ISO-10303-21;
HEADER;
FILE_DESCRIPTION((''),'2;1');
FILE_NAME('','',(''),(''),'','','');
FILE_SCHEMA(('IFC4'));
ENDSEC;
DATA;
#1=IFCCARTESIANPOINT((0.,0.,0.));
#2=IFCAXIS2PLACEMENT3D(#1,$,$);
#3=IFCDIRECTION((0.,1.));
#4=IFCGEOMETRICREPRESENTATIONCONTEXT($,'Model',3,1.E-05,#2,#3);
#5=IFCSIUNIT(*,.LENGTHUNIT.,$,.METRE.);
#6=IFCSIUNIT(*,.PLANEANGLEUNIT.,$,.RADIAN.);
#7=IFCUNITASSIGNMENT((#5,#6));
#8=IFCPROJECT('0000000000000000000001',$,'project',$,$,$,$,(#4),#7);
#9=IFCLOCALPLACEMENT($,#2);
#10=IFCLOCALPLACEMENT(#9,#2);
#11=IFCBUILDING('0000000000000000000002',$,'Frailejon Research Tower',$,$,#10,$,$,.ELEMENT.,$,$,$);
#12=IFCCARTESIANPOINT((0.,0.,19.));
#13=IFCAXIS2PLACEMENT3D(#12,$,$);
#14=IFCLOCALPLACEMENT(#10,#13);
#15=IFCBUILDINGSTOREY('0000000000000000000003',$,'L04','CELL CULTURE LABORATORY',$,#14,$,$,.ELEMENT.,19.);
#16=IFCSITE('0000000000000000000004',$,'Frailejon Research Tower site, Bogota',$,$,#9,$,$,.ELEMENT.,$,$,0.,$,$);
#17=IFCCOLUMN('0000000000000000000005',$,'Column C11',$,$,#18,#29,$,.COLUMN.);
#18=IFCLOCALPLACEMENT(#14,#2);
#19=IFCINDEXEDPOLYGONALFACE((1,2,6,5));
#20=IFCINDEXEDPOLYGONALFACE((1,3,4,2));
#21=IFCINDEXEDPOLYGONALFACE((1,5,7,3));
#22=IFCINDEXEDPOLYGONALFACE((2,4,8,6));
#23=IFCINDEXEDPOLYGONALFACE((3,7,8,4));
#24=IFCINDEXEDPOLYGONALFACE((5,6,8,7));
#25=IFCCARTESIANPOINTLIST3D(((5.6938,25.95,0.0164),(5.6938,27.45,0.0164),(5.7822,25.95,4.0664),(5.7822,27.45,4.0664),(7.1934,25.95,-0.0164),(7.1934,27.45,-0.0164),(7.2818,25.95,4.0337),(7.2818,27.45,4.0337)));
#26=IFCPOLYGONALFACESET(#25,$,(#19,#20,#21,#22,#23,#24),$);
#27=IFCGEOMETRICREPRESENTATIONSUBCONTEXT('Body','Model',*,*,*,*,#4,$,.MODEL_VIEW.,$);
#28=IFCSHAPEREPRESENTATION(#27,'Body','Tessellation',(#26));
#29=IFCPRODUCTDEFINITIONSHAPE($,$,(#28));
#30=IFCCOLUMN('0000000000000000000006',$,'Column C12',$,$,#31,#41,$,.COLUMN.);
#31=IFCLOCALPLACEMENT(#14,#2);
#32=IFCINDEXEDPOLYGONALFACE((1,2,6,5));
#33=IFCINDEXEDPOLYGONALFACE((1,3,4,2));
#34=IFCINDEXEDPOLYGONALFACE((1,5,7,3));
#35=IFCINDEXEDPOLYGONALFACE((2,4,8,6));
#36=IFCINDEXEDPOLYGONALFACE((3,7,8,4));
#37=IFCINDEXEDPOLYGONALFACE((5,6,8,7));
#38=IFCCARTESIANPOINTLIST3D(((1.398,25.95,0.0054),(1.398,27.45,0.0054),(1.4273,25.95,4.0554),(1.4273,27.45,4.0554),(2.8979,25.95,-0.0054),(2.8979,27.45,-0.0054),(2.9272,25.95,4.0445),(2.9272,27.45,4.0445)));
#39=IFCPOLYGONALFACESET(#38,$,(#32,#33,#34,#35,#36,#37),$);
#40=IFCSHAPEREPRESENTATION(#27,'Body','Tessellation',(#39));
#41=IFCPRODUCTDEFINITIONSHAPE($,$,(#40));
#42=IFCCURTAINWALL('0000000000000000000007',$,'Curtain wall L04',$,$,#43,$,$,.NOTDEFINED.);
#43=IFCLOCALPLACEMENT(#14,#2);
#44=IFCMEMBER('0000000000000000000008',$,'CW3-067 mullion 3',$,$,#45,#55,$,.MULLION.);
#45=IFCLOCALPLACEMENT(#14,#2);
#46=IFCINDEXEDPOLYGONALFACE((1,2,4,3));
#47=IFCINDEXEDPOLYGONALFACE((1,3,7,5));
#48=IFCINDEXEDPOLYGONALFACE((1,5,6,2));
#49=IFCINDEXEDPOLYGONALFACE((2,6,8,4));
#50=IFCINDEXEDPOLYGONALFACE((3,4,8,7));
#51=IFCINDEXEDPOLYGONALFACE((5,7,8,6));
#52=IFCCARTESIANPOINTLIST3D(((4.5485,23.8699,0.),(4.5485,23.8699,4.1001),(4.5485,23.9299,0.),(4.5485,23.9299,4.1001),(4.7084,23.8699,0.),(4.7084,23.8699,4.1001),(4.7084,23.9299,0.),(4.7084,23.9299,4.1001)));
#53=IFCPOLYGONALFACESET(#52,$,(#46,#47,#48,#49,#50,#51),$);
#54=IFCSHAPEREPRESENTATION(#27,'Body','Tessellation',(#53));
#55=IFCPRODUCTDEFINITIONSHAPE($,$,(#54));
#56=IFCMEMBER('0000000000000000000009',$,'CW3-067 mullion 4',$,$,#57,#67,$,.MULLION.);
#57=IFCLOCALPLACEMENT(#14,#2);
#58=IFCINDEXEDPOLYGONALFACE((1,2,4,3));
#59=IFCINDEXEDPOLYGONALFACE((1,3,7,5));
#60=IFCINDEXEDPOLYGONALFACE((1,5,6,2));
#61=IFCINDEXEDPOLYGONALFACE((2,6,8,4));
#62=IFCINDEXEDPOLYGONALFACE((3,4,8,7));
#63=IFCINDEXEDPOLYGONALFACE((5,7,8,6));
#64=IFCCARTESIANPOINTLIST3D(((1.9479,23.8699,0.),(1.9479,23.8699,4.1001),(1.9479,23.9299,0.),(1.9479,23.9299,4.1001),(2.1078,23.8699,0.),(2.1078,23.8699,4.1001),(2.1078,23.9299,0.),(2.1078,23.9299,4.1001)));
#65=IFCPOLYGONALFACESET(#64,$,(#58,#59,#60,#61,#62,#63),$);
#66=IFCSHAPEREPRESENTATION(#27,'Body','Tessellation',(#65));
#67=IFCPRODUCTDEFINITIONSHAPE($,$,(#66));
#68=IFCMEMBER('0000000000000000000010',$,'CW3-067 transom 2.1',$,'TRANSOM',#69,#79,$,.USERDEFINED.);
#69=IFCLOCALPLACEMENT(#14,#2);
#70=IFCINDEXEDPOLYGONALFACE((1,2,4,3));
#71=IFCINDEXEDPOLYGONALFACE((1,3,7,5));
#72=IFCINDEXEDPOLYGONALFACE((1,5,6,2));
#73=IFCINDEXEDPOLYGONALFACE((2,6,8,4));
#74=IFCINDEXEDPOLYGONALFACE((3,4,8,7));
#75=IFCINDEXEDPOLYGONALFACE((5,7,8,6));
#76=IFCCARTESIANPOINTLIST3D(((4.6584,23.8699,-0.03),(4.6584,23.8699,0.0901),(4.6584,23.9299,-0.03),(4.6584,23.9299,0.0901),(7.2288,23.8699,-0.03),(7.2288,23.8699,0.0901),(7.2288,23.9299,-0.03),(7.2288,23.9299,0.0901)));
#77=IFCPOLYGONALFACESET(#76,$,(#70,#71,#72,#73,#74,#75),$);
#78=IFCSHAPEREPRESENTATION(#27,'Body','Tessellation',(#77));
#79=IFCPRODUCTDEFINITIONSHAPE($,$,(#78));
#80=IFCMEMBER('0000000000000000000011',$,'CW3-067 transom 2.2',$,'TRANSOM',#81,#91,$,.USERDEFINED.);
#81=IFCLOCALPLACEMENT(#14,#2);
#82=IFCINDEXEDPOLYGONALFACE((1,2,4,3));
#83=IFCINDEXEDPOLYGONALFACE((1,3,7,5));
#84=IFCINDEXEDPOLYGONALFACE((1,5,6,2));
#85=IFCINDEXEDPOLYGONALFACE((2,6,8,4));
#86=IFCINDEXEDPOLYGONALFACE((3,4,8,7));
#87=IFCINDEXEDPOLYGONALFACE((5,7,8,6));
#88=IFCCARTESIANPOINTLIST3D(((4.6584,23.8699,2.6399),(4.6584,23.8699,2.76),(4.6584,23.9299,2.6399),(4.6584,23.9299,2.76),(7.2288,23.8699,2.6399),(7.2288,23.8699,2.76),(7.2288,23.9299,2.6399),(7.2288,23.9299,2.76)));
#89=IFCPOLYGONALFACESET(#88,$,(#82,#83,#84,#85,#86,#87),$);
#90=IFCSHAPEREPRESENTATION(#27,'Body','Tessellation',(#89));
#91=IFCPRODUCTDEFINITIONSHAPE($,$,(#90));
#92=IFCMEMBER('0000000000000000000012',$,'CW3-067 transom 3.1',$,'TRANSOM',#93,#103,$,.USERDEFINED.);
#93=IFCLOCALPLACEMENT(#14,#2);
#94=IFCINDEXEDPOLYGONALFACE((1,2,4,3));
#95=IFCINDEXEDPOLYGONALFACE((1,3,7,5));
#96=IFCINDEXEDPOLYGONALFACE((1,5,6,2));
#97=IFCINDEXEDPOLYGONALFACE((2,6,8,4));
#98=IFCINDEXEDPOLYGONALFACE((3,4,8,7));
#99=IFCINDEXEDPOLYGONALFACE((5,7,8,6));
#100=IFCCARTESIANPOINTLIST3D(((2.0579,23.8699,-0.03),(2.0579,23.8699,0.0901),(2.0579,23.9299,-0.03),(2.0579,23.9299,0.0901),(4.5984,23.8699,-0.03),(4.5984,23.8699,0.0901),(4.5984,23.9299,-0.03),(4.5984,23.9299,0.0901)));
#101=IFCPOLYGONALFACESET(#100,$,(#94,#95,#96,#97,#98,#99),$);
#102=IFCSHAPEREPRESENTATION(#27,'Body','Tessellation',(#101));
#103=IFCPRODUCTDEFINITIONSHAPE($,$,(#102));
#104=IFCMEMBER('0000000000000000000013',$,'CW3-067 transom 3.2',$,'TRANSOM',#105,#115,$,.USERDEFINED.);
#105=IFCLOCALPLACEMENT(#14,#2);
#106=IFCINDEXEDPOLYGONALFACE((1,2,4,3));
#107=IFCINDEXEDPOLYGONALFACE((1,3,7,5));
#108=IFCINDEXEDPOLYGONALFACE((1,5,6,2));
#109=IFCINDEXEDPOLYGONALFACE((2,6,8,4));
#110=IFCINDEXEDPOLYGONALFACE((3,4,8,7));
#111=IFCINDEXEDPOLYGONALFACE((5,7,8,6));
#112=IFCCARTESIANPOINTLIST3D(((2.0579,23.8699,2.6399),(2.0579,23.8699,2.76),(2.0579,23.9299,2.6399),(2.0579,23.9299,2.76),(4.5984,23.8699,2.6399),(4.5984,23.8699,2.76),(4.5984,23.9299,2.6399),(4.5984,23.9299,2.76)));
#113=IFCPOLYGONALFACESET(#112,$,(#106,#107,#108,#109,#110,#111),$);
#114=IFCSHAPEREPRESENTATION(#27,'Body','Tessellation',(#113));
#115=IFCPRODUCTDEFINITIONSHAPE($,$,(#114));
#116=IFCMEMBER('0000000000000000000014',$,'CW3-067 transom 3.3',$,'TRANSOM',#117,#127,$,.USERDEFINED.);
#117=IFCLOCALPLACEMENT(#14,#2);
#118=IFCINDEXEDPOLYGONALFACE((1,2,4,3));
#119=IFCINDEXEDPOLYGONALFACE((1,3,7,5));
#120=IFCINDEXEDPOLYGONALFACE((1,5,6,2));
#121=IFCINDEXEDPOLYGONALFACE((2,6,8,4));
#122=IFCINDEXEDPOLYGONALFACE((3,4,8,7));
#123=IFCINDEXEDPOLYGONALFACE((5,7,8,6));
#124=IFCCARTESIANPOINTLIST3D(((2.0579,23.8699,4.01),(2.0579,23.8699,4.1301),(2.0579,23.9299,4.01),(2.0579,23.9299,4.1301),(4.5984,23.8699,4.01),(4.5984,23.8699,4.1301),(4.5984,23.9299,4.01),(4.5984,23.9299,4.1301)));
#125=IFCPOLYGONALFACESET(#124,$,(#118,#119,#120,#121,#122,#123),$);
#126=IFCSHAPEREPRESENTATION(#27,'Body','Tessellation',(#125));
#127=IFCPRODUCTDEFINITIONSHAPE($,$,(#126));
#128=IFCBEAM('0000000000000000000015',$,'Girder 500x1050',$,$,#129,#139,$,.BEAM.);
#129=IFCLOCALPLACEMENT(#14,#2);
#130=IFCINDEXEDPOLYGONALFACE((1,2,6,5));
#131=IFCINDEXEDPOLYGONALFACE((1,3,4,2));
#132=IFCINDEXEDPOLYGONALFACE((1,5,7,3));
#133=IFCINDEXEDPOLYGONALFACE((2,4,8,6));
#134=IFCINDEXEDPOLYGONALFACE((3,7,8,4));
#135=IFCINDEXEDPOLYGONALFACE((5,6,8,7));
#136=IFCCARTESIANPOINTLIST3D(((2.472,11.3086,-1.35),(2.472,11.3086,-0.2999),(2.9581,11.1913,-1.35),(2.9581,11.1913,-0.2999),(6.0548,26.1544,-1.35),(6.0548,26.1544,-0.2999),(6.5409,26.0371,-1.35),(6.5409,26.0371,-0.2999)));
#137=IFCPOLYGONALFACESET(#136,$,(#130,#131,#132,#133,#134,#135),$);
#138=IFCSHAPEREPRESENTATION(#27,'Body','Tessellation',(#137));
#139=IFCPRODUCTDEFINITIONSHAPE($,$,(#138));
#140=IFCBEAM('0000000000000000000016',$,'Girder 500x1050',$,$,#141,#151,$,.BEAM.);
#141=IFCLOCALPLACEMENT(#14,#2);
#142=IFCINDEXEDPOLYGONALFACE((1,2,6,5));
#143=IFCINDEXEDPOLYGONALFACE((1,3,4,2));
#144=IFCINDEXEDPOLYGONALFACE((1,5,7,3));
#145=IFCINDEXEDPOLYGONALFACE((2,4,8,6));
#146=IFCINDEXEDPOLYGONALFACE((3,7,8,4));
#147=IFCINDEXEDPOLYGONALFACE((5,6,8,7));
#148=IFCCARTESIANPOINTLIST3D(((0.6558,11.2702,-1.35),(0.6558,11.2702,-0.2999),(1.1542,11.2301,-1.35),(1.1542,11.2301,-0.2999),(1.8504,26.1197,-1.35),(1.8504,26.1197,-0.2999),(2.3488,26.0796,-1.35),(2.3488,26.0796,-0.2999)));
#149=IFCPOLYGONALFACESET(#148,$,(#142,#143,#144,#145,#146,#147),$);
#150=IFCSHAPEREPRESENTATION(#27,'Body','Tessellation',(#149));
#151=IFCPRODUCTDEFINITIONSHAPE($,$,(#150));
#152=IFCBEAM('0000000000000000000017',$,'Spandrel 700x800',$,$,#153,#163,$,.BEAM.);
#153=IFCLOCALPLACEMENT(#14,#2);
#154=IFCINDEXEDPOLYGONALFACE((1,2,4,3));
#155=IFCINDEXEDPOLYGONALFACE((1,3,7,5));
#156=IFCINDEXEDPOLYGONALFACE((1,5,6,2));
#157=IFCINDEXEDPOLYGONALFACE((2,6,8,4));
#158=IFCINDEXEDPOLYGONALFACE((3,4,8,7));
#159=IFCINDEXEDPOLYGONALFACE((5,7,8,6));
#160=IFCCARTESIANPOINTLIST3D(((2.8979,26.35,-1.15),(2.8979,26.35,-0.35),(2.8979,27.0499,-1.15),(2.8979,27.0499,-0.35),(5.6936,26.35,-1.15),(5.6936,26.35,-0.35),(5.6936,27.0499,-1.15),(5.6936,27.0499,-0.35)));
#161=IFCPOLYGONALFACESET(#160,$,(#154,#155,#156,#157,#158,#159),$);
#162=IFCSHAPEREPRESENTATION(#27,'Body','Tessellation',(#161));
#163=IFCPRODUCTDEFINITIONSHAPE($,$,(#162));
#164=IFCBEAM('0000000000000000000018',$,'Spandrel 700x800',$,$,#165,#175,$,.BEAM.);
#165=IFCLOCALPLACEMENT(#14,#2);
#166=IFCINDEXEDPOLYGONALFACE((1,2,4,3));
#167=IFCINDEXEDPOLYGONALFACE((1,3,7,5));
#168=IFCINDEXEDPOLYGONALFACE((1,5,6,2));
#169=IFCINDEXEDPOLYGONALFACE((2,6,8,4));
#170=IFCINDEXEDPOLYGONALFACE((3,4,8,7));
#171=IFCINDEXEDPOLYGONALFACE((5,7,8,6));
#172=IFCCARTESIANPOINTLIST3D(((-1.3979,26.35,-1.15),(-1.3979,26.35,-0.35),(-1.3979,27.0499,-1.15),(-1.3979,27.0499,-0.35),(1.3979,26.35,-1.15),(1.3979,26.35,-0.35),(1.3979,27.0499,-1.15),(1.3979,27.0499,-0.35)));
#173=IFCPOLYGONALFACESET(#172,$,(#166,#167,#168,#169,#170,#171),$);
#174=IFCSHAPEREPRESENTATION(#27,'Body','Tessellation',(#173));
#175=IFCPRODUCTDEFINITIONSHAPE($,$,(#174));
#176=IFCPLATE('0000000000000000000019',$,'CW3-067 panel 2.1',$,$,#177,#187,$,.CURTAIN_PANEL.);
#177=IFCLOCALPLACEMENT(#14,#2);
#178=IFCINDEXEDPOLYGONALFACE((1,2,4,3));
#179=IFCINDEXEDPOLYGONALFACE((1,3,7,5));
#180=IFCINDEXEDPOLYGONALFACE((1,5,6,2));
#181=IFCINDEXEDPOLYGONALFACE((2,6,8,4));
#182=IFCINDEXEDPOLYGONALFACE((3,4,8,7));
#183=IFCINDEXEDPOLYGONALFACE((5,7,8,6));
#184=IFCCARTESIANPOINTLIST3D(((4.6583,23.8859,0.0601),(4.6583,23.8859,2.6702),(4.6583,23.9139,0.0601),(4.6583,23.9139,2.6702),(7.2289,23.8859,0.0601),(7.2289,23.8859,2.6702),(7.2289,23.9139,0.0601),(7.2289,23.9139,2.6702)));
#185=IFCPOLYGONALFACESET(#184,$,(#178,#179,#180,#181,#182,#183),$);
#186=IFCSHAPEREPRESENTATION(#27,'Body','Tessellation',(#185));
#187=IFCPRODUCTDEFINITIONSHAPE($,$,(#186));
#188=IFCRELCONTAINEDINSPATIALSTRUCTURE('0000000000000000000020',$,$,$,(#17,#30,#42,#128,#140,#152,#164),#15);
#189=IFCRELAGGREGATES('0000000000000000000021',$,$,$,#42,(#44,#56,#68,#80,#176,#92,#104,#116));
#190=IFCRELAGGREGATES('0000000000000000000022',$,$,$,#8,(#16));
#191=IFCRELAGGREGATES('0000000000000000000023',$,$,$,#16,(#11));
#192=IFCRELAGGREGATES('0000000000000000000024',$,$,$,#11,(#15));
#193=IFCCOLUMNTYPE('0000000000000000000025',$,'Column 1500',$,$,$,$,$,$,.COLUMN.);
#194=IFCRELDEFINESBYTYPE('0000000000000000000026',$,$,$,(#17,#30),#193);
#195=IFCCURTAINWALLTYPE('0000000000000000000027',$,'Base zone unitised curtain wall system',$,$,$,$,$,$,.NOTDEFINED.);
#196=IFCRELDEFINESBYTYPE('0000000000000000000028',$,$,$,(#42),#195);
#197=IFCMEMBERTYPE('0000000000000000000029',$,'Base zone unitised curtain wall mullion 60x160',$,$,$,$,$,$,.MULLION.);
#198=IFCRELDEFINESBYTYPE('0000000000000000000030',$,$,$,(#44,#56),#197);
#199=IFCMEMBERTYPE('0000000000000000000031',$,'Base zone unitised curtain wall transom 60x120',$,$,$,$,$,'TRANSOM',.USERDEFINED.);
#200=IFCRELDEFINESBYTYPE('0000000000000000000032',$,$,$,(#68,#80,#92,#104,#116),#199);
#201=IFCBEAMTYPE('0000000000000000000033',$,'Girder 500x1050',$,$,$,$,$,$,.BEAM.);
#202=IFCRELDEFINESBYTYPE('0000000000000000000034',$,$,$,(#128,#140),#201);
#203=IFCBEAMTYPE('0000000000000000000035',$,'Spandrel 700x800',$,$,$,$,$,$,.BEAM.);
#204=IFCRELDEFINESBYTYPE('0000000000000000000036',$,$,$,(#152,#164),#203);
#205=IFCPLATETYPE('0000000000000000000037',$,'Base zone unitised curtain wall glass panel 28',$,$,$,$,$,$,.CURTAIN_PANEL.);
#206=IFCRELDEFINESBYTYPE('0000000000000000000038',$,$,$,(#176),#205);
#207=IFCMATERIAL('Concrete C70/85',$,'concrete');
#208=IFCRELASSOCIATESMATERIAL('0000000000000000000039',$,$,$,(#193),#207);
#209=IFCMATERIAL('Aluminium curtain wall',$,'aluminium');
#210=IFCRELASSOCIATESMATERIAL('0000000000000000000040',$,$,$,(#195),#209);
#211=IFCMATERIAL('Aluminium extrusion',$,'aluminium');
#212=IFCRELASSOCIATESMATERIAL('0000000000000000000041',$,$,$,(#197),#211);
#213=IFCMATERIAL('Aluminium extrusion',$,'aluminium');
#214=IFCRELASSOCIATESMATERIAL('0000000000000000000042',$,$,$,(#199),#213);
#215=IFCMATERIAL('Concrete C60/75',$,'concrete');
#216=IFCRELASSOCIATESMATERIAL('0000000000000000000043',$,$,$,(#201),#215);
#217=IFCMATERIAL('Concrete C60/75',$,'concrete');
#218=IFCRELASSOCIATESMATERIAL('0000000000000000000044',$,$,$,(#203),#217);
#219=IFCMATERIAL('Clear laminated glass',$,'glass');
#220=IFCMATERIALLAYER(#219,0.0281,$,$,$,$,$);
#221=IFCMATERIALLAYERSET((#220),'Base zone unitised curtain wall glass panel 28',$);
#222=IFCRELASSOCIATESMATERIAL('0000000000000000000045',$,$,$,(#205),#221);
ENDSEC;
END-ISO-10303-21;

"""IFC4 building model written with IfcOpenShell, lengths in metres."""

from ifc_helpers import new_model, si_unit, direction, frame, origin, origin_2d, place, context, subcontext, project, spatial, rectangle, extrude, material, layer, layer_set, material_profile, profile_set, type_object, element, aggregate, save


model = new_model("IFC4")

# Units and contexts
model_context = context("Model", 3, precision=1e-05, world=origin(), true_north=direction((0.0, 1.0)))
body_context = subcontext(model_context, "Body", "Model", "MODEL_VIEW")
ifc_project = project(units=[si_unit("LENGTHUNIT", "METRE"), si_unit("PLANEANGLEUNIT", "RADIAN")], contexts=[model_context])

# Site, building, storey
site_placement = place(None, origin())
site = spatial("IfcSite", under=ifc_project, at=site_placement, Name="Frailejon Research Tower site, Bogota", CompositionType="ELEMENT", RefElevation=0.0)
building_placement = place(site_placement, origin())
building = spatial("IfcBuilding", under=site, at=building_placement, Name="Frailejon Research Tower", CompositionType="ELEMENT")
storey_placement = place(building_placement, frame((0.0, 0.0, 19.0)))
storey = spatial("IfcBuildingStorey", under=building, at=storey_placement, Name="L04", Description="CELL CULTURE LABORATORY", CompositionType="ELEMENT", Elevation=19.0)

# Columns
ifc_material_1 = material(Name="Concrete C70/85", Category="concrete")
ifc_material_profile_1 = material_profile(ifc_material_1, rectangle(XDim=1.5, YDim=1.5, at=origin_2d()), Name="Column 1500")
ifc_profile_set_1 = profile_set([ifc_material_profile_1], Name="Concrete C70/85")
column_type = type_object("IfcColumnType", Name="Column 1500", PredefinedType="COLUMN", material=ifc_profile_set_1)
column_1_placement = place(storey_placement, frame((6.4436, 26.7, 0.0), z_axis=(0.021816, 0.0, 0.999762), x_axis=(-0.999762, 0.0, 0.021816)))
element("IfcColumn", 1, at=column_1_placement, inside=storey, type_object=column_type, Name="Column C11", PredefinedType="COLUMN", context=body_context, shape_type="SweptSolid", body=[
    extrude(rectangle(XDim=1.5, YDim=1.5, at=origin_2d()), origin(), (0.0, 0.0, 1.0), 4.051),
])
column_2_placement = place(storey_placement, frame((2.1479, 26.7, 0.0), z_axis=(0.007234, 0.0, 0.999974), x_axis=(-0.999974, 0.0, 0.007234)))
element("IfcColumn", 2, at=column_2_placement, inside=storey, type_object=column_type, Name="Column C12", PredefinedType="COLUMN", context=body_context, shape_type="SweptSolid", body=[
    extrude(rectangle(XDim=1.5, YDim=1.5, at=origin_2d()), origin(), (0.0, 0.0, 1.0), 4.05),
])

# Curtain wall, members
ifc_material_2 = material(Name="Aluminium curtain wall", Category="aluminium")
curtain_wall_type = type_object("IfcCurtainWallType", Name="Base zone unitised curtain wall system", PredefinedType="NOTDEFINED", material=ifc_material_2)
curtain_wall_placement = place(storey_placement, origin())
curtain_wall = element("IfcCurtainWall", 3, at=curtain_wall_placement, inside=storey, type_object=curtain_wall_type, Name="Curtain wall L04", PredefinedType="NOTDEFINED")
ifc_material_3 = material(Name="Aluminium extrusion", Category="aluminium")
ifc_material_profile_2 = material_profile(ifc_material_3, rectangle(XDim=0.0601, YDim=0.1599, at=origin_2d()), Name="Base zone unitised curtain wall mullion 60x160")
ifc_profile_set_2 = profile_set([ifc_material_profile_2], Name="Aluminium extrusion")
member_type_1 = type_object("IfcMemberType", Name="Base zone unitised curtain wall mullion 60x160", PredefinedType="MULLION", material=ifc_profile_set_2)
member_1_placement = place(storey_placement, frame((4.6284, 23.8999, 0.0), z_axis=(0.0, 0.0, 1.0), x_axis=(0.0, -1.0, 0.0)))
member_1 = element("IfcMember", 4, at=member_1_placement, type_object=member_type_1, Name="CW3-067 mullion 3", PredefinedType="MULLION", context=body_context, shape_type="SweptSolid", body=[
    extrude(rectangle(XDim=0.0601, YDim=0.1599, at=origin_2d()), origin(), (0.0, 0.0, 1.0), 4.1001),
])
member_2_placement = place(storey_placement, frame((2.0278, 23.8999, 0.0), z_axis=(0.0, 0.0, 1.0), x_axis=(0.0, -1.0, 0.0)))
member_2 = element("IfcMember", 5, at=member_2_placement, type_object=member_type_1, Name="CW3-067 mullion 4", PredefinedType="MULLION", context=body_context, shape_type="SweptSolid", body=[
    extrude(rectangle(XDim=0.0601, YDim=0.1599, at=origin_2d()), origin(), (0.0, 0.0, 1.0), 4.1001),
])
ifc_material_4 = material(Name="Aluminium extrusion", Category="aluminium")
ifc_material_profile_3 = material_profile(ifc_material_4, rectangle(XDim=0.0601, YDim=0.1201, at=origin_2d()), Name="Base zone unitised curtain wall transom 60x120")
ifc_profile_set_3 = profile_set([ifc_material_profile_3], Name="Aluminium extrusion")
member_type_2 = type_object("IfcMemberType", Name="Base zone unitised curtain wall transom 60x120", ElementType="TRANSOM", PredefinedType="USERDEFINED", material=ifc_profile_set_3)
member_3_placement = place(storey_placement, frame((7.2288, 23.8999, 0.03), z_axis=(-1.0, 0.0, 0.0), x_axis=(0.0, -1.0, 0.0)))
member_3 = element("IfcMember", 6, at=member_3_placement, type_object=member_type_2, Name="CW3-067 transom 2.1", ObjectType="TRANSOM", PredefinedType="USERDEFINED", context=body_context, shape_type="SweptSolid", body=[
    extrude(rectangle(XDim=0.0601, YDim=0.1201, at=origin_2d()), origin(), (0.0, 0.0, 1.0), 2.5703),
])
member_4_placement = place(storey_placement, frame((7.2288, 23.8999, 2.7), z_axis=(-1.0, 0.0, 0.0), x_axis=(0.0, -1.0, 0.0)))
member_4 = element("IfcMember", 7, at=member_4_placement, type_object=member_type_2, Name="CW3-067 transom 2.2", ObjectType="TRANSOM", PredefinedType="USERDEFINED", context=body_context, shape_type="SweptSolid", body=[
    extrude(rectangle(XDim=0.0601, YDim=0.1201, at=origin_2d()), origin(), (0.0, 0.0, 1.0), 2.5703),
])
member_5_placement = place(storey_placement, frame((4.5984, 23.8999, 0.03), z_axis=(-1.0, 0.0, 0.0), x_axis=(0.0, -1.0, 0.0)))
member_5 = element("IfcMember", 8, at=member_5_placement, type_object=member_type_2, Name="CW3-067 transom 3.1", ObjectType="TRANSOM", PredefinedType="USERDEFINED", context=body_context, shape_type="SweptSolid", body=[
    extrude(rectangle(XDim=0.0601, YDim=0.1201, at=origin_2d()), origin(), (0.0, 0.0, 1.0), 2.5405),
])
member_6_placement = place(storey_placement, frame((4.5984, 23.8999, 2.7), z_axis=(-1.0, 0.0, 0.0), x_axis=(0.0, -1.0, 0.0)))
member_6 = element("IfcMember", 9, at=member_6_placement, type_object=member_type_2, Name="CW3-067 transom 3.2", ObjectType="TRANSOM", PredefinedType="USERDEFINED", context=body_context, shape_type="SweptSolid", body=[
    extrude(rectangle(XDim=0.0601, YDim=0.1201, at=origin_2d()), origin(), (0.0, 0.0, 1.0), 2.5405),
])
member_7_placement = place(storey_placement, frame((4.5984, 23.8999, 4.0701), z_axis=(-1.0, 0.0, 0.0), x_axis=(0.0, -1.0, 0.0)))
member_7 = element("IfcMember", 10, at=member_7_placement, type_object=member_type_2, Name="CW3-067 transom 3.3", ObjectType="TRANSOM", PredefinedType="USERDEFINED", context=body_context, shape_type="SweptSolid", body=[
    extrude(rectangle(XDim=0.0601, YDim=0.1201, at=origin_2d()), origin(), (0.0, 0.0, 1.0), 2.5405),
])

# Beams
ifc_material_5 = material(Name="Concrete C60/75", Category="concrete")
ifc_material_profile_4 = material_profile(ifc_material_5, rectangle(XDim=0.5, YDim=1.05, at=origin_2d()), Name="Girder 500x1050")
ifc_profile_set_4 = profile_set([ifc_material_profile_4], Name="Concrete C60/75")
beam_type_1 = type_object("IfcBeamType", Name="Girder 500x1050", PredefinedType="BEAM", material=ifc_profile_set_4)
beam_1_placement = place(storey_placement, frame((6.2979, 26.0957, -0.825), z_axis=(-0.234598, -0.972092, 0.0), x_axis=(0.972092, -0.234598, 0.0)))
element("IfcBeam", 11, at=beam_1_placement, inside=storey, type_object=beam_type_1, Name="Girder 500x1050", PredefinedType="BEAM", context=body_context, shape_type="SweptSolid", body=[
    extrude(rectangle(XDim=0.5, YDim=1.05, at=origin_2d()), origin(), (0.0, 0.0, 1.0), 15.272),
])
beam_2_placement = place(storey_placement, frame((2.0996, 26.0996, -0.825), z_axis=(-0.080186, -0.99678, 0.0), x_axis=(0.99678, -0.080186, 0.0)))
element("IfcBeam", 12, at=beam_2_placement, inside=storey, type_object=beam_type_1, Name="Girder 500x1050", PredefinedType="BEAM", context=body_context, shape_type="SweptSolid", body=[
    extrude(rectangle(XDim=0.5, YDim=1.05, at=origin_2d()), origin(), (0.0, 0.0, 1.0), 14.8975),
])
ifc_material_6 = material(Name="Concrete C60/75", Category="concrete")
ifc_material_profile_5 = material_profile(ifc_material_6, rectangle(XDim=0.7, YDim=0.8, at=origin_2d()), Name="Spandrel 700x800")
ifc_profile_set_5 = profile_set([ifc_material_profile_5], Name="Concrete C60/75")
beam_type_2 = type_object("IfcBeamType", Name="Spandrel 700x800", PredefinedType="BEAM", material=ifc_profile_set_5)
beam_3_placement = place(storey_placement, frame((5.6936, 26.7, -0.75), z_axis=(-1.0, 0.0, 0.0), x_axis=(0.0, -1.0, 0.0)))
element("IfcBeam", 13, at=beam_3_placement, inside=storey, type_object=beam_type_2, Name="Spandrel 700x800", PredefinedType="BEAM", context=body_context, shape_type="SweptSolid", body=[
    extrude(rectangle(XDim=0.7, YDim=0.8, at=origin_2d()), origin(), (0.0, 0.0, 1.0), 2.7957),
])
beam_4_placement = place(storey_placement, frame((1.3979, 26.7, -0.75), z_axis=(-1.0, 0.0, 0.0), x_axis=(0.0, -1.0, 0.0)))
element("IfcBeam", 14, at=beam_4_placement, inside=storey, type_object=beam_type_2, Name="Spandrel 700x800", PredefinedType="BEAM", context=body_context, shape_type="SweptSolid", body=[
    extrude(rectangle(XDim=0.7, YDim=0.8, at=origin_2d()), origin(), (0.0, 0.0, 1.0), 2.7959),
])

# Plate
ifc_material_7 = material(Name="Clear laminated glass", Category="glass")
ifc_layer_1 = layer(ifc_material_7, 0.0281)
ifc_layer_set_1 = layer_set([ifc_layer_1], Name="Base zone unitised curtain wall glass panel 28")
plate_type = type_object("IfcPlateType", Name="Base zone unitised curtain wall glass panel 28", PredefinedType="CURTAIN_PANEL", material=ifc_layer_set_1)
plate_1_placement = place(storey_placement, frame((5.9436, 23.8999, 0.0601), z_axis=(0.0, 0.0, 1.0), x_axis=(-1.0, 0.0, 0.0)))
plate_1 = element("IfcPlate", 15, at=plate_1_placement, type_object=plate_type, Name="CW3-067 panel 2.1", PredefinedType="CURTAIN_PANEL", context=body_context, shape_type="SweptSolid", body=[
    extrude(rectangle(XDim=2.5706, YDim=0.0281, at=origin_2d()), origin(), (0.0, 0.0, 1.0), 2.6101),
])
aggregate(curtain_wall, [member_1, member_2, member_3, member_4, plate_1, member_5, member_6, member_7])

save(model, "model.ifc")
